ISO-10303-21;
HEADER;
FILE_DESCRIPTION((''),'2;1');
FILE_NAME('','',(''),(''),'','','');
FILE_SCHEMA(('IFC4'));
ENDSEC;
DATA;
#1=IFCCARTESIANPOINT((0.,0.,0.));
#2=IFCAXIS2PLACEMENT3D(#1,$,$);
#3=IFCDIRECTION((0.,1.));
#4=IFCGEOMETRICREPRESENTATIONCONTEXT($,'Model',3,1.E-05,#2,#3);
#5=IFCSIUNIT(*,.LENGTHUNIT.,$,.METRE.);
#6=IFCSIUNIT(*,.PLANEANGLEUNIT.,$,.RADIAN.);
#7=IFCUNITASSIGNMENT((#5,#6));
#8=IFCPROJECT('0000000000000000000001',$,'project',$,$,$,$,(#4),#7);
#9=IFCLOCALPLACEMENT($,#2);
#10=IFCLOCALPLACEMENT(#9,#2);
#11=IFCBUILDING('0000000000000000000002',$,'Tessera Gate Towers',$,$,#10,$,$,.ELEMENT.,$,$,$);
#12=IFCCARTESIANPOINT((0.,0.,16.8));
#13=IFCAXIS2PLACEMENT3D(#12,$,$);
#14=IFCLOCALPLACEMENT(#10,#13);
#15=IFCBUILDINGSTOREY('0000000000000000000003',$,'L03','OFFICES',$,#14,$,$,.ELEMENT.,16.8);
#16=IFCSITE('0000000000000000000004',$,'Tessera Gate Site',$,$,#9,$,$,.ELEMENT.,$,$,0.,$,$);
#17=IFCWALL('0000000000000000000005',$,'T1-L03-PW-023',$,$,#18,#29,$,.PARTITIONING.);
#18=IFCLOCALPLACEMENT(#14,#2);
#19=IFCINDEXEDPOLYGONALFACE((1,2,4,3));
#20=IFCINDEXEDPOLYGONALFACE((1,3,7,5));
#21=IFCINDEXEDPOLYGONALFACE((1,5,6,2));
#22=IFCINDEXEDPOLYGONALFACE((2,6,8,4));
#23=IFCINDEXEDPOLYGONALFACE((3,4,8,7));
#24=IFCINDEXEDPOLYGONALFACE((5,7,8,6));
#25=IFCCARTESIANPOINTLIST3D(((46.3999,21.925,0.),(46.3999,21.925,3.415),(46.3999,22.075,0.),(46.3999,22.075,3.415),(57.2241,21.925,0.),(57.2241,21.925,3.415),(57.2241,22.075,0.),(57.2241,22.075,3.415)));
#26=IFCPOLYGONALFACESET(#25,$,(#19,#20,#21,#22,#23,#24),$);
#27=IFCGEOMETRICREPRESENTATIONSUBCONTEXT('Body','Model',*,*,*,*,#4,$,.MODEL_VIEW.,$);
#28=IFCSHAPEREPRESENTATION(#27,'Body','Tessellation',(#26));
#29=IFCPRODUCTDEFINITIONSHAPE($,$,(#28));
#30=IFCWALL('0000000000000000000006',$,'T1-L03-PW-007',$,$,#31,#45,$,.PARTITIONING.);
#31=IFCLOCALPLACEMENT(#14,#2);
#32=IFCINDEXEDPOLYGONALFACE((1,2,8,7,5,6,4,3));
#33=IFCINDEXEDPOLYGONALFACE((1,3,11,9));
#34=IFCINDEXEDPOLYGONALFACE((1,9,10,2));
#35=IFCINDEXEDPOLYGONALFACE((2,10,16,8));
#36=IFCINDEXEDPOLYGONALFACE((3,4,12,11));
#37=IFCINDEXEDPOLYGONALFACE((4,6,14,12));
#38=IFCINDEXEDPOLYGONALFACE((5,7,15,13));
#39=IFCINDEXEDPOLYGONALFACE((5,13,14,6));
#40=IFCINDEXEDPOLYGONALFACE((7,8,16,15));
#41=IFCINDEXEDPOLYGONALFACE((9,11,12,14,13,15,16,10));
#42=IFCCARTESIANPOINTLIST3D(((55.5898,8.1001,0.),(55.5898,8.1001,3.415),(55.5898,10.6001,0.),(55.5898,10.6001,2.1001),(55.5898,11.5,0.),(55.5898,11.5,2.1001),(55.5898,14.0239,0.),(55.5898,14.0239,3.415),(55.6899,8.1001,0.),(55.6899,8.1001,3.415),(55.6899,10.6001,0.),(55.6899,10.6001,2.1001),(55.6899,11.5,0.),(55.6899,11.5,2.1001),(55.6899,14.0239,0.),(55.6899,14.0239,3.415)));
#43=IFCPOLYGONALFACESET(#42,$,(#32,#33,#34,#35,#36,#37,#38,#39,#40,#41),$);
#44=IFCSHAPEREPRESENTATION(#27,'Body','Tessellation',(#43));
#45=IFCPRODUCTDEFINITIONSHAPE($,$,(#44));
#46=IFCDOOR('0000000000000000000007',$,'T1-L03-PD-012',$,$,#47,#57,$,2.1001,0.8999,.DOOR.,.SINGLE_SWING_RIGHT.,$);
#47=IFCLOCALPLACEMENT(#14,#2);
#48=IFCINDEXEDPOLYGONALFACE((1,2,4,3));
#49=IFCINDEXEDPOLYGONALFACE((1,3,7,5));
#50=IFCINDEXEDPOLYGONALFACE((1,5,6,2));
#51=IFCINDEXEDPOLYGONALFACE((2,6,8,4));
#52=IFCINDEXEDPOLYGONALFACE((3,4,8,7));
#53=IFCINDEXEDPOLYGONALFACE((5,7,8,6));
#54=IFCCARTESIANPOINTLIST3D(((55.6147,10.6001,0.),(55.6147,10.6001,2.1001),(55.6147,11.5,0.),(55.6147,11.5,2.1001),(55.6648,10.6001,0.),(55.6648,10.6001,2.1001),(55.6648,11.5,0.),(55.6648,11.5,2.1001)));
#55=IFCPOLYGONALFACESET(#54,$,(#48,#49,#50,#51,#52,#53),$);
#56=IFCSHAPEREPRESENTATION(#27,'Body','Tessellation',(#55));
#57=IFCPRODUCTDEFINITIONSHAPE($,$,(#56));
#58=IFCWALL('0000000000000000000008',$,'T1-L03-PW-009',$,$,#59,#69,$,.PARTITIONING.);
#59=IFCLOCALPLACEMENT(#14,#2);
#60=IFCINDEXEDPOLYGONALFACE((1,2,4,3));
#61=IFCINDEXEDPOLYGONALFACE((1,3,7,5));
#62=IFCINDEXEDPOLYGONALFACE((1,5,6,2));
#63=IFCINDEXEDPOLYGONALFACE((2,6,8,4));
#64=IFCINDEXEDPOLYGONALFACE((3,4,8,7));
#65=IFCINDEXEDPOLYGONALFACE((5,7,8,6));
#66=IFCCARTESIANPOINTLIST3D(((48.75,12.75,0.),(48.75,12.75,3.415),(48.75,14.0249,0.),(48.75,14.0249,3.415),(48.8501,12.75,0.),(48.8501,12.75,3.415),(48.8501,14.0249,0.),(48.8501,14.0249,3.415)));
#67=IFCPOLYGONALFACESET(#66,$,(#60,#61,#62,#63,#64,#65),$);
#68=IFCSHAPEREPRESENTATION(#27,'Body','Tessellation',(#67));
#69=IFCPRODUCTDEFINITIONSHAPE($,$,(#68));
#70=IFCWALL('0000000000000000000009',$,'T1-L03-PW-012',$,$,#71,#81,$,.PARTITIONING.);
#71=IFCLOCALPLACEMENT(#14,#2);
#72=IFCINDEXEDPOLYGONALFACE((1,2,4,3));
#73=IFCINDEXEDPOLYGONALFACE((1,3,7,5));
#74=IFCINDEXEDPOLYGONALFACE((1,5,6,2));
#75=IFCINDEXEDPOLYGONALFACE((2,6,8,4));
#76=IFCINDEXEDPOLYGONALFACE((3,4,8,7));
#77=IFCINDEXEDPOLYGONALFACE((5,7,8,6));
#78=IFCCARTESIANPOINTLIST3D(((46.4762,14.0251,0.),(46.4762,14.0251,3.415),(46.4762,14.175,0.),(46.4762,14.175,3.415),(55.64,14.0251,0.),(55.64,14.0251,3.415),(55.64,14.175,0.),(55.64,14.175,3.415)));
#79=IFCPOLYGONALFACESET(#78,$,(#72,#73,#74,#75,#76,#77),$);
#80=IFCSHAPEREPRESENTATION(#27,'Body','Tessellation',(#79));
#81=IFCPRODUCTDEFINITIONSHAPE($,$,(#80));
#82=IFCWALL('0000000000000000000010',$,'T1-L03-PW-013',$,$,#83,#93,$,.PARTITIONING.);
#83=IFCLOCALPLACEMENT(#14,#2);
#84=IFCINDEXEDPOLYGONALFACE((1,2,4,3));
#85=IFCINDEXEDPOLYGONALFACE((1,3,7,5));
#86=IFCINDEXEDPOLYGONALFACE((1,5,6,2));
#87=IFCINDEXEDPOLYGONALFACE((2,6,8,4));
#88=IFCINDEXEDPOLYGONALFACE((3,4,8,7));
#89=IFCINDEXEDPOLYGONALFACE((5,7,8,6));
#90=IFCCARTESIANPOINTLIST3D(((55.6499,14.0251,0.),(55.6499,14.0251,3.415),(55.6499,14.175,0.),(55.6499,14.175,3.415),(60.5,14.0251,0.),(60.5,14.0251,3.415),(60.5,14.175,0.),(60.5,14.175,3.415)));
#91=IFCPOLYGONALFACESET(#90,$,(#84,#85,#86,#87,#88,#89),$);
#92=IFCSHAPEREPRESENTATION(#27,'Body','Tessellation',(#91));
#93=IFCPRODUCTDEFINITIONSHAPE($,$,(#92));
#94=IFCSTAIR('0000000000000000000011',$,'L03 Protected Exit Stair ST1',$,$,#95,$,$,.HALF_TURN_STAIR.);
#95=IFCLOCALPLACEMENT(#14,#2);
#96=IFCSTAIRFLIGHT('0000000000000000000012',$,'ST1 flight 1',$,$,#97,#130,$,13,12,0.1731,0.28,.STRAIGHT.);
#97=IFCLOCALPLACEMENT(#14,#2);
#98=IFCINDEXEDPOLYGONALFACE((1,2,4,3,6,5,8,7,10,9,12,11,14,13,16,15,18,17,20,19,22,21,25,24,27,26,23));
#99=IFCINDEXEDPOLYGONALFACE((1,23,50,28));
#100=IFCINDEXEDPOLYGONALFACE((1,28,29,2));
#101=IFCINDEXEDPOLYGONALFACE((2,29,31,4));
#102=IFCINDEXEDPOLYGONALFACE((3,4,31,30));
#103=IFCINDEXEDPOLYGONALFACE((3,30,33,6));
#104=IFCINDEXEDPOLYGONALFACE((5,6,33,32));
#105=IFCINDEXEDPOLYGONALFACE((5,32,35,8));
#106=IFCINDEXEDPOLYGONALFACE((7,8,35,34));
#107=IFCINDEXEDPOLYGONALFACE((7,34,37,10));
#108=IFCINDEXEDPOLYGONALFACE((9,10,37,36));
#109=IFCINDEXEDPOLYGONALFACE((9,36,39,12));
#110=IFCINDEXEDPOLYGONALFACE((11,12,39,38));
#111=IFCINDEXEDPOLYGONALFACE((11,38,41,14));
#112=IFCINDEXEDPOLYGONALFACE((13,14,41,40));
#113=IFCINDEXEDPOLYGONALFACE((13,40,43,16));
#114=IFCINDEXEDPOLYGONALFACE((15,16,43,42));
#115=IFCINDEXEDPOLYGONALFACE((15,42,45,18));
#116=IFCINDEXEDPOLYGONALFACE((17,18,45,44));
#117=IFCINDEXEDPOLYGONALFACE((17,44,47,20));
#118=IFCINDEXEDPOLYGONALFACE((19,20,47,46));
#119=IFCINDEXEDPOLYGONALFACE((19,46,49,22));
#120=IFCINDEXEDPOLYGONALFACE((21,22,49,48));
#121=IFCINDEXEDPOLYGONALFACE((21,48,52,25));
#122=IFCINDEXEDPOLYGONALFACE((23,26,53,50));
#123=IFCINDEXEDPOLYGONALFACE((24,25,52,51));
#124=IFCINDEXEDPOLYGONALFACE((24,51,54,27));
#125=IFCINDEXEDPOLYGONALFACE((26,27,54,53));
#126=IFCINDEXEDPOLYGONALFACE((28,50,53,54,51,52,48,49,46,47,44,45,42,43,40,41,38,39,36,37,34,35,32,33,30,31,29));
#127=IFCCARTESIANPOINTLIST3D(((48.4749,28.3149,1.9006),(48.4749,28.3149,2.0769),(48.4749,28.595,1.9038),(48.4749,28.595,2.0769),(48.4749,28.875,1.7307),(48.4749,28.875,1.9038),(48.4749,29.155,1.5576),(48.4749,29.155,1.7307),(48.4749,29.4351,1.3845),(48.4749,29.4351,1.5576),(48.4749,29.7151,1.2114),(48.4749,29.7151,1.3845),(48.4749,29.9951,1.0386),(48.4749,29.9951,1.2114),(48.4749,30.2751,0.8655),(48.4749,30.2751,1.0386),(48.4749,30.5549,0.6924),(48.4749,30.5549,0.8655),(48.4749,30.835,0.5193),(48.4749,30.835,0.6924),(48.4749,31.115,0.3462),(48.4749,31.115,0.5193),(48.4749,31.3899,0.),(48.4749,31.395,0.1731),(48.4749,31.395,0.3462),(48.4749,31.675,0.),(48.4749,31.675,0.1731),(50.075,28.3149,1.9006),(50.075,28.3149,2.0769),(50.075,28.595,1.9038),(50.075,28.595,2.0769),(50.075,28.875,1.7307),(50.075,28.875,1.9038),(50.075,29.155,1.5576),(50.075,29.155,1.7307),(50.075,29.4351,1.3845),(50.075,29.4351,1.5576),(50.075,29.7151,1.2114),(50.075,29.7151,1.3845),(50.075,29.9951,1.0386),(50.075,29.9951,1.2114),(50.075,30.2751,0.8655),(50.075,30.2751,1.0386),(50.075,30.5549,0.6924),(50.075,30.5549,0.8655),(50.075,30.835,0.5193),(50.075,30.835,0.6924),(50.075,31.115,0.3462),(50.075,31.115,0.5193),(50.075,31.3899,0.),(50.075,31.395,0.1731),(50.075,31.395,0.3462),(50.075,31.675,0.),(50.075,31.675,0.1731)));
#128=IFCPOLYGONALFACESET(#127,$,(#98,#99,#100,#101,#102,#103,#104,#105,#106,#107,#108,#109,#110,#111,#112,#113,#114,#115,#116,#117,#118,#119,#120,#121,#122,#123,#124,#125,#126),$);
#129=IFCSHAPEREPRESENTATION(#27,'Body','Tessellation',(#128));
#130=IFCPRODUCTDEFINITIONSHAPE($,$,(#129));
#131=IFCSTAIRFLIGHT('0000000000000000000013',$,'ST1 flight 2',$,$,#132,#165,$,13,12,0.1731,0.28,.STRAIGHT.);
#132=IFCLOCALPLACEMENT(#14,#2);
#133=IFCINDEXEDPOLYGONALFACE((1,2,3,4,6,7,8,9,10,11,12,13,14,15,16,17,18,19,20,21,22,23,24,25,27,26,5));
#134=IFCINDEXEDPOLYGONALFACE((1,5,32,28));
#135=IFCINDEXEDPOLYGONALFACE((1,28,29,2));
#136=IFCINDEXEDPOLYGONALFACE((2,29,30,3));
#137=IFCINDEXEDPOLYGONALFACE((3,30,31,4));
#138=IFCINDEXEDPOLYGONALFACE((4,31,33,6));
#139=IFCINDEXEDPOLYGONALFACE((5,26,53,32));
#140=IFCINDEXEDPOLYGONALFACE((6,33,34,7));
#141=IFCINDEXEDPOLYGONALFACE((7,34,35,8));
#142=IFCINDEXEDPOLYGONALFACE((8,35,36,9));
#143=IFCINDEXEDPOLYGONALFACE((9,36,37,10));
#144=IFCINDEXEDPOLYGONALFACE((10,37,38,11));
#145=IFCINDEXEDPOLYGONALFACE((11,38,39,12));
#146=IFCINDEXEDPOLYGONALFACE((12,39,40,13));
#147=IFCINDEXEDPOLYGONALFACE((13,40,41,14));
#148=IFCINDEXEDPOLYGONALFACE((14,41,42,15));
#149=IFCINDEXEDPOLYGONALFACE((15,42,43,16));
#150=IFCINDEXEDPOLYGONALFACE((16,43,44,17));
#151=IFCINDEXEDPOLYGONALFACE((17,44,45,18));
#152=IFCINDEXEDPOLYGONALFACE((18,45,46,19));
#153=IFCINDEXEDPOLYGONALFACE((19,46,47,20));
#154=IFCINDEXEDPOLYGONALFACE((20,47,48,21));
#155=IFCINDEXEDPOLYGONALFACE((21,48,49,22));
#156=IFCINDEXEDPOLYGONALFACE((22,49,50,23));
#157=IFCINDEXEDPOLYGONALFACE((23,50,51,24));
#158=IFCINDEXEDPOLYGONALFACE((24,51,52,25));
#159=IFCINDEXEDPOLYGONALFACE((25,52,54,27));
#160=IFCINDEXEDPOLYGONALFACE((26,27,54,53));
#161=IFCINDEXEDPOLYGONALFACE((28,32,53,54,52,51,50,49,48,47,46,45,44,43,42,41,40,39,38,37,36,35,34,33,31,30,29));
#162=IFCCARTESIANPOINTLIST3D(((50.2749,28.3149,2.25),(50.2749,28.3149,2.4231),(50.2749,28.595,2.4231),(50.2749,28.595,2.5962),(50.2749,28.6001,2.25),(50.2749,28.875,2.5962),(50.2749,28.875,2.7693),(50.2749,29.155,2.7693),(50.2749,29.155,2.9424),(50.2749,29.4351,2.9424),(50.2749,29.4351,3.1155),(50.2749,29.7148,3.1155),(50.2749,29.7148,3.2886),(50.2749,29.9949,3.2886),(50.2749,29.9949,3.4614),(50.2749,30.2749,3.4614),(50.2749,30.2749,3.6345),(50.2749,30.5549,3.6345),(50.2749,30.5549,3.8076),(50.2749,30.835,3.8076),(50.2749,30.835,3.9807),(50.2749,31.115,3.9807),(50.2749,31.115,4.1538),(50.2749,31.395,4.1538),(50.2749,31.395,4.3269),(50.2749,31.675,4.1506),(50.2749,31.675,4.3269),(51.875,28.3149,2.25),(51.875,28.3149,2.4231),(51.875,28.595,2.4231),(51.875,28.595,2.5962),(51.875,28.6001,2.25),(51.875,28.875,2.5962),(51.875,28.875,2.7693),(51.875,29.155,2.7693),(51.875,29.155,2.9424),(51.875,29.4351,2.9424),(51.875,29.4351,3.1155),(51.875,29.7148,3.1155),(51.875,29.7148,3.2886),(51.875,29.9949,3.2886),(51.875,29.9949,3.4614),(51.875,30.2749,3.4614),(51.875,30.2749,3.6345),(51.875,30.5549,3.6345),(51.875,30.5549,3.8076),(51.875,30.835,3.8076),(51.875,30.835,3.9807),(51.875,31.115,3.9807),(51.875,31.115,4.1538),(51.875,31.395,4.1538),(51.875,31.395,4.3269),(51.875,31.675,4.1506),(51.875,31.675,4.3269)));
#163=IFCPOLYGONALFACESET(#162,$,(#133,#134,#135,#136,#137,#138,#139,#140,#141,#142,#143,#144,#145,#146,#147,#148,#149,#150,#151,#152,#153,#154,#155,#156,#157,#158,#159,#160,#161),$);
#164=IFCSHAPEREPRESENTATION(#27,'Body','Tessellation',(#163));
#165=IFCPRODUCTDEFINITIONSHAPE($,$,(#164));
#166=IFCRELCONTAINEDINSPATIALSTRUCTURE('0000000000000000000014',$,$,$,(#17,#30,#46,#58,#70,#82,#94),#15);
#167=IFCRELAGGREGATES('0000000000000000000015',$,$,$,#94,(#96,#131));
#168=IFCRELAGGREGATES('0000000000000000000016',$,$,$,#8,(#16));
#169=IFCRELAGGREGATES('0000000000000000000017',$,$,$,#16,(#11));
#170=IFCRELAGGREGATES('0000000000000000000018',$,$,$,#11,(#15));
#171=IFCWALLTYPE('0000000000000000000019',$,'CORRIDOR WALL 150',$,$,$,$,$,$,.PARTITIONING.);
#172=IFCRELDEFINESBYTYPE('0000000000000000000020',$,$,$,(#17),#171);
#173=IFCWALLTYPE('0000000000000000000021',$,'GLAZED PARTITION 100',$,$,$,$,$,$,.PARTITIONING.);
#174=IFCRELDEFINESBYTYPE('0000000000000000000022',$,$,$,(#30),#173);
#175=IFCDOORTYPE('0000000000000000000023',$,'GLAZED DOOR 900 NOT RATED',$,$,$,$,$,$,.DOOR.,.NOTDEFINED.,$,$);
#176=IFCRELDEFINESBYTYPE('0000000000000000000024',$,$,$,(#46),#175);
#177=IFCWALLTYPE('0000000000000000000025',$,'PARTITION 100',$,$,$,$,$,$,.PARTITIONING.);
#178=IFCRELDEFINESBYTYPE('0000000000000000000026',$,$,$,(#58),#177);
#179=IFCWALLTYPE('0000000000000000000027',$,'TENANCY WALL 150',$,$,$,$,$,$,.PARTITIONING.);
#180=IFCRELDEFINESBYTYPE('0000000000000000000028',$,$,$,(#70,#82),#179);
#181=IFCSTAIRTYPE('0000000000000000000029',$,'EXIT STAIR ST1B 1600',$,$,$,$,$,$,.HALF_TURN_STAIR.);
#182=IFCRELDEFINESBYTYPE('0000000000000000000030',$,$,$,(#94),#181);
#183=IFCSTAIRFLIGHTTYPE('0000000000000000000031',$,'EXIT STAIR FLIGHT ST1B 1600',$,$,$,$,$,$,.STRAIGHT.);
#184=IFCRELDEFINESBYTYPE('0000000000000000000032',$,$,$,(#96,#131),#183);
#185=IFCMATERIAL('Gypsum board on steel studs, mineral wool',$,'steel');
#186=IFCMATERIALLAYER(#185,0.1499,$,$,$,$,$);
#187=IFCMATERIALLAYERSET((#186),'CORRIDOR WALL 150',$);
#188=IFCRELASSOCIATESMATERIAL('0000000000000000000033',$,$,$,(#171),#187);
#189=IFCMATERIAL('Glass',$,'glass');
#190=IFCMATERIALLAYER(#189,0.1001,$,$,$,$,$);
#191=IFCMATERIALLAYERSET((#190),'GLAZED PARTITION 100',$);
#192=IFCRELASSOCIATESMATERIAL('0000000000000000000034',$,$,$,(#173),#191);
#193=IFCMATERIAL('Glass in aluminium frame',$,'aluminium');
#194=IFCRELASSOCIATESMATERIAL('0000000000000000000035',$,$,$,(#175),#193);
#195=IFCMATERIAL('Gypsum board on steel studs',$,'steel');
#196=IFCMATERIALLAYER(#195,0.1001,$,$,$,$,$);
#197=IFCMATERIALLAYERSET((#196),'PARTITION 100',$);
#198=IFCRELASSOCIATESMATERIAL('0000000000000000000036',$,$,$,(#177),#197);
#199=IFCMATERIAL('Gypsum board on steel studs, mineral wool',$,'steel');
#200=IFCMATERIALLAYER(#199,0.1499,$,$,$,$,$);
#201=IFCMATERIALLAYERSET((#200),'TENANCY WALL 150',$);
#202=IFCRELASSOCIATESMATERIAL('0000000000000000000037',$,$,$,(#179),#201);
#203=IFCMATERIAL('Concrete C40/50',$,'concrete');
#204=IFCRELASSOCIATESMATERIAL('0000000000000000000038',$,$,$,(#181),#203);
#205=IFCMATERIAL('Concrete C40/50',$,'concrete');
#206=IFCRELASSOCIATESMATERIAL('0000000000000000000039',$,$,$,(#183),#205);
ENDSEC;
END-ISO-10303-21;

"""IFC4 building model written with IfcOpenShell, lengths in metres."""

from ifc_helpers import new_model, si_unit, direction, frame, frame_2d, origin, place, context, subcontext, project, spatial, polyline, rectangle, outline, extrude, source, transform, mapped, material, layer, layer_set, type_object, element, fill, aggregate, save


model = new_model("IFC4")

# Units and contexts
model_context = context("Model", 3, precision=1e-05, world=origin(), true_north=direction((0.0, 1.0)))
body_context = subcontext(model_context, "Body", "Model", "MODEL_VIEW")
ifc_project = project(units=[si_unit("LENGTHUNIT", "METRE"), si_unit("PLANEANGLEUNIT", "RADIAN")], contexts=[model_context])

# Site, building, storey
site_placement = place(None, origin())
site = spatial("IfcSite", under=ifc_project, at=site_placement, Name="Tessera Gate Site", CompositionType="ELEMENT", RefElevation=0.0)
building_placement = place(site_placement, origin())
building = spatial("IfcBuilding", under=site, at=building_placement, Name="Tessera Gate Towers", CompositionType="ELEMENT")
storey_placement = place(building_placement, frame((0.0, 0.0, 16.8)))
storey = spatial("IfcBuildingStorey", under=building, at=storey_placement, Name="L03", Description="OFFICES", CompositionType="ELEMENT", Elevation=16.8)

# Wall
ifc_material_1 = material(Name="Gypsum board on steel studs, mineral wool", Category="steel")
ifc_layer_1 = layer(ifc_material_1, 0.1499)
ifc_layer_set_1 = layer_set([ifc_layer_1], Name="CORRIDOR WALL 150")
wall_type_1 = type_object("IfcWallType", Name="CORRIDOR WALL 150", PredefinedType="PARTITIONING", material=ifc_layer_set_1)
wall_1_placement = place(storey_placement, frame((46.3999, 22.0, 0.0), z_axis=(0.0, 0.0, 1.0), x_axis=(1.0, 0.0, 0.0)))
element("IfcWall", 1, at=wall_1_placement, inside=storey, type_object=wall_type_1, Name="T1-L03-PW-023", PredefinedType="PARTITIONING", context=body_context, shape_type="SweptSolid", body=[
    extrude(rectangle(XDim=10.8242, YDim=0.1499, at=frame_2d((5.4121, 0.0))), origin(), (0.0, 0.0, 1.0), 3.415),
])

# Wall, opening, door
ifc_material_2 = material(Name="Glass", Category="glass")
ifc_layer_2 = layer(ifc_material_2, 0.1001)
ifc_layer_set_2 = layer_set([ifc_layer_2], Name="GLAZED PARTITION 100")
wall_type_2 = type_object("IfcWallType", Name="GLAZED PARTITION 100", PredefinedType="PARTITIONING", material=ifc_layer_set_2)
wall_2_placement = place(storey_placement, frame((55.6399, 14.0239, 0.0), z_axis=(0.0, 0.0, 1.0), x_axis=(0.0, -1.0, 0.0)))
wall_2 = element("IfcWall", 2, at=wall_2_placement, inside=storey, type_object=wall_type_2, Name="T1-L03-PW-007", PredefinedType="PARTITIONING", context=body_context, shape_type="SweptSolid", body=[
    extrude(rectangle(XDim=5.9238, YDim=0.1001, at=frame_2d((2.9619, 0.0))), origin(), (0.0, 0.0, 1.0), 3.415),
])
shared_shape_1 = source(origin(), body_context, "Body", "SweptSolid", [
    extrude(rectangle(XDim=0.8999, YDim=2.1001, at=frame_2d((0.45, 1.05))), frame((0.0, 0.0601, 0.0), z_axis=(0.0, -1.0, 0.0), x_axis=(1.0, 0.0, 0.0)), (0.0, 0.0, 1.0), 0.1201),
])
opening_1_placement = place(wall_2_placement, frame((2.5239, 0.0, 0.0)))
opening_1 = element("IfcOpeningElement", 3, at=opening_1_placement, cuts=wall_2, PredefinedType="OPENING", context=body_context, shape_type="MappedRepresentation", body=[
    mapped(shared_shape_1, transform((0.0, 0.0, 0.0), scale=1.0)),
])
ifc_material_3 = material(Name="Glass in aluminium frame", Category="aluminium")
door_type_1 = type_object("IfcDoorType", Name="GLAZED DOOR 900 NOT RATED", OperationType="NOTDEFINED", PredefinedType="DOOR", material=ifc_material_3)
shared_shape_2 = source(origin(), body_context, "Body", "SweptSolid", [
    extrude(rectangle(XDim=0.8999, YDim=2.1001, at=frame_2d((0.45, 1.05))), frame((0.0, 0.0249, 0.0), z_axis=(0.0, -1.0, 0.0), x_axis=(1.0, 0.0, 0.0)), (0.0, 0.0, 1.0), 0.05),
])
door_1_placement = place(opening_1_placement, origin())
door_1 = element("IfcDoor", 4, at=door_1_placement, inside=storey, type_object=door_type_1, Name="T1-L03-PD-012", OperationType="SINGLE_SWING_RIGHT", OverallHeight=2.1001, OverallWidth=0.8999, PredefinedType="DOOR", context=body_context, shape_type="MappedRepresentation", body=[
    mapped(shared_shape_2, transform((0.0, 0.0, 0.0), scale=1.0)),
])
fill(opening_1, door_1)

# Walls
ifc_material_4 = material(Name="Gypsum board on steel studs", Category="steel")
ifc_layer_3 = layer(ifc_material_4, 0.1001)
ifc_layer_set_3 = layer_set([ifc_layer_3], Name="PARTITION 100")
wall_type_3 = type_object("IfcWallType", Name="PARTITION 100", PredefinedType="PARTITIONING", material=ifc_layer_set_3)
wall_3_placement = place(storey_placement, frame((48.8, 12.75, 0.0), z_axis=(0.0, 0.0, 1.0), x_axis=(0.0, 1.0, 0.0)))
element("IfcWall", 5, at=wall_3_placement, inside=storey, type_object=wall_type_3, Name="T1-L03-PW-009", PredefinedType="PARTITIONING", context=body_context, shape_type="SweptSolid", body=[
    extrude(rectangle(XDim=1.2749, YDim=0.1001, at=frame_2d((0.6375, 0.0))), origin(), (0.0, 0.0, 1.0), 3.415),
])
ifc_material_5 = material(Name="Gypsum board on steel studs, mineral wool", Category="steel")
ifc_layer_4 = layer(ifc_material_5, 0.1499)
ifc_layer_set_4 = layer_set([ifc_layer_4], Name="TENANCY WALL 150")
wall_type_4 = type_object("IfcWallType", Name="TENANCY WALL 150", PredefinedType="PARTITIONING", material=ifc_layer_set_4)
wall_4_placement = place(storey_placement, frame((46.4761, 14.1001, 0.0), z_axis=(0.0, 0.0, 1.0), x_axis=(1.0, 0.0, 0.0)))
element("IfcWall", 6, at=wall_4_placement, inside=storey, type_object=wall_type_4, Name="T1-L03-PW-012", PredefinedType="PARTITIONING", context=body_context, shape_type="SweptSolid", body=[
    extrude(rectangle(XDim=9.1638, YDim=0.1499, at=frame_2d((4.582, 0.0))), origin(), (0.0, 0.0, 1.0), 3.415),
])
wall_5_placement = place(storey_placement, frame((55.6499, 14.1001, 0.0), z_axis=(0.0, 0.0, 1.0), x_axis=(1.0, 0.0, 0.0)))
element("IfcWall", 7, at=wall_5_placement, inside=storey, type_object=wall_type_4, Name="T1-L03-PW-013", PredefinedType="PARTITIONING", context=body_context, shape_type="SweptSolid", body=[
    extrude(rectangle(XDim=4.8501, YDim=0.1499, at=frame_2d((2.425, 0.0))), origin(), (0.0, 0.0, 1.0), 3.415),
])

# Stair, stair flights
ifc_material_6 = material(Name="Concrete C40/50", Category="concrete")
stair_type = type_object("IfcStairType", Name="EXIT STAIR ST1B 1600", PredefinedType="HALF_TURN_STAIR", material=ifc_material_6)
stair_placement = place(storey_placement, origin())
stair = element("IfcStair", 8, at=stair_placement, inside=storey, type_object=stair_type, Name="L03 Protected Exit Stair ST1", PredefinedType="HALF_TURN_STAIR")
ifc_material_7 = material(Name="Concrete C40/50", Category="concrete")
stair_flight_type = type_object("IfcStairFlightType", Name="EXIT STAIR FLIGHT ST1B 1600", PredefinedType="STRAIGHT", material=ifc_material_7)
stair_flight_1_placement = place(storey_placement, frame((49.2749, 31.675, 0.0), z_axis=(0.0, 0.0, 1.0), x_axis=(0.0, -1.0, 0.0)))
stair_flight_1 = element("IfcStairFlight", 9, at=stair_flight_1_placement, type_object=stair_flight_type, Name="ST1 flight 1", NumberOfRisers=13, NumberOfTreads=12, PredefinedType="STRAIGHT", RiserHeight=0.1731, TreadLength=0.28, context=body_context, shape_type="SweptSolid", body=[
    extrude(outline(polyline([(0.0, 0.0), (0.0, 0.1731), (0.28, 0.1731), (0.28, 0.3462), (0.5601, 0.3462), (0.5601, 0.5193), (0.8401, 0.5193), (0.8401, 0.6924), (1.1201, 0.6924), (1.1201, 0.8655), (1.3999, 0.8655), (1.3999, 1.0386), (1.6799, 1.0386), (1.6799, 1.2114), (1.96, 1.2114), (1.96, 1.3845), (2.24, 1.3845), (2.24, 1.5576), (2.52, 1.5576), (2.52, 1.7307), (2.8, 1.7307), (2.8, 1.9038), (3.0801, 1.9038), (3.0801, 2.0769), (3.3601, 2.0769), (3.3601, 2.25), (3.3601, 1.9006), (0.2852, 0.0), (0.0, 0.0)])), frame((0.0, 0.8, 0.0), z_axis=(0.0, -1.0, 0.0), x_axis=(1.0, 0.0, 0.0)), (0.0, 0.0, 1.0), 1.6001),
])
stair_flight_2_placement = place(storey_placement, frame((51.075, 28.3149, 2.25), z_axis=(0.0, 0.0, 1.0), x_axis=(0.0, 1.0, 0.0)))
stair_flight_2 = element("IfcStairFlight", 10, at=stair_flight_2_placement, type_object=stair_flight_type, Name="ST1 flight 2", NumberOfRisers=13, NumberOfTreads=12, PredefinedType="STRAIGHT", RiserHeight=0.1731, TreadLength=0.28, context=body_context, shape_type="SweptSolid", body=[
    extrude(outline(polyline([(0.0, 0.0), (0.0, 0.1731), (0.28, 0.1731), (0.28, 0.3462), (0.5601, 0.3462), (0.5601, 0.5193), (0.8401, 0.5193), (0.8401, 0.6924), (1.1201, 0.6924), (1.1201, 0.8655), (1.3999, 0.8655), (1.3999, 1.0386), (1.6799, 1.0386), (1.6799, 1.2114), (1.96, 1.2114), (1.96, 1.3845), (2.24, 1.3845), (2.24, 1.5576), (2.52, 1.5576), (2.52, 1.7307), (2.8, 1.7307), (2.8, 1.9038), (3.0801, 1.9038), (3.0801, 2.0769), (3.3601, 2.0769), (3.3601, 2.25), (3.3601, 1.9006), (0.2852, 0.0), (0.0, 0.0)])), frame((0.0, 0.8, 0.0), z_axis=(0.0, -1.0, 0.0), x_axis=(1.0, 0.0, 0.0)), (0.0, 0.0, 1.0), 1.6001),
])
aggregate(stair, [stair_flight_1, stair_flight_2])

save(model, "model.ifc")
